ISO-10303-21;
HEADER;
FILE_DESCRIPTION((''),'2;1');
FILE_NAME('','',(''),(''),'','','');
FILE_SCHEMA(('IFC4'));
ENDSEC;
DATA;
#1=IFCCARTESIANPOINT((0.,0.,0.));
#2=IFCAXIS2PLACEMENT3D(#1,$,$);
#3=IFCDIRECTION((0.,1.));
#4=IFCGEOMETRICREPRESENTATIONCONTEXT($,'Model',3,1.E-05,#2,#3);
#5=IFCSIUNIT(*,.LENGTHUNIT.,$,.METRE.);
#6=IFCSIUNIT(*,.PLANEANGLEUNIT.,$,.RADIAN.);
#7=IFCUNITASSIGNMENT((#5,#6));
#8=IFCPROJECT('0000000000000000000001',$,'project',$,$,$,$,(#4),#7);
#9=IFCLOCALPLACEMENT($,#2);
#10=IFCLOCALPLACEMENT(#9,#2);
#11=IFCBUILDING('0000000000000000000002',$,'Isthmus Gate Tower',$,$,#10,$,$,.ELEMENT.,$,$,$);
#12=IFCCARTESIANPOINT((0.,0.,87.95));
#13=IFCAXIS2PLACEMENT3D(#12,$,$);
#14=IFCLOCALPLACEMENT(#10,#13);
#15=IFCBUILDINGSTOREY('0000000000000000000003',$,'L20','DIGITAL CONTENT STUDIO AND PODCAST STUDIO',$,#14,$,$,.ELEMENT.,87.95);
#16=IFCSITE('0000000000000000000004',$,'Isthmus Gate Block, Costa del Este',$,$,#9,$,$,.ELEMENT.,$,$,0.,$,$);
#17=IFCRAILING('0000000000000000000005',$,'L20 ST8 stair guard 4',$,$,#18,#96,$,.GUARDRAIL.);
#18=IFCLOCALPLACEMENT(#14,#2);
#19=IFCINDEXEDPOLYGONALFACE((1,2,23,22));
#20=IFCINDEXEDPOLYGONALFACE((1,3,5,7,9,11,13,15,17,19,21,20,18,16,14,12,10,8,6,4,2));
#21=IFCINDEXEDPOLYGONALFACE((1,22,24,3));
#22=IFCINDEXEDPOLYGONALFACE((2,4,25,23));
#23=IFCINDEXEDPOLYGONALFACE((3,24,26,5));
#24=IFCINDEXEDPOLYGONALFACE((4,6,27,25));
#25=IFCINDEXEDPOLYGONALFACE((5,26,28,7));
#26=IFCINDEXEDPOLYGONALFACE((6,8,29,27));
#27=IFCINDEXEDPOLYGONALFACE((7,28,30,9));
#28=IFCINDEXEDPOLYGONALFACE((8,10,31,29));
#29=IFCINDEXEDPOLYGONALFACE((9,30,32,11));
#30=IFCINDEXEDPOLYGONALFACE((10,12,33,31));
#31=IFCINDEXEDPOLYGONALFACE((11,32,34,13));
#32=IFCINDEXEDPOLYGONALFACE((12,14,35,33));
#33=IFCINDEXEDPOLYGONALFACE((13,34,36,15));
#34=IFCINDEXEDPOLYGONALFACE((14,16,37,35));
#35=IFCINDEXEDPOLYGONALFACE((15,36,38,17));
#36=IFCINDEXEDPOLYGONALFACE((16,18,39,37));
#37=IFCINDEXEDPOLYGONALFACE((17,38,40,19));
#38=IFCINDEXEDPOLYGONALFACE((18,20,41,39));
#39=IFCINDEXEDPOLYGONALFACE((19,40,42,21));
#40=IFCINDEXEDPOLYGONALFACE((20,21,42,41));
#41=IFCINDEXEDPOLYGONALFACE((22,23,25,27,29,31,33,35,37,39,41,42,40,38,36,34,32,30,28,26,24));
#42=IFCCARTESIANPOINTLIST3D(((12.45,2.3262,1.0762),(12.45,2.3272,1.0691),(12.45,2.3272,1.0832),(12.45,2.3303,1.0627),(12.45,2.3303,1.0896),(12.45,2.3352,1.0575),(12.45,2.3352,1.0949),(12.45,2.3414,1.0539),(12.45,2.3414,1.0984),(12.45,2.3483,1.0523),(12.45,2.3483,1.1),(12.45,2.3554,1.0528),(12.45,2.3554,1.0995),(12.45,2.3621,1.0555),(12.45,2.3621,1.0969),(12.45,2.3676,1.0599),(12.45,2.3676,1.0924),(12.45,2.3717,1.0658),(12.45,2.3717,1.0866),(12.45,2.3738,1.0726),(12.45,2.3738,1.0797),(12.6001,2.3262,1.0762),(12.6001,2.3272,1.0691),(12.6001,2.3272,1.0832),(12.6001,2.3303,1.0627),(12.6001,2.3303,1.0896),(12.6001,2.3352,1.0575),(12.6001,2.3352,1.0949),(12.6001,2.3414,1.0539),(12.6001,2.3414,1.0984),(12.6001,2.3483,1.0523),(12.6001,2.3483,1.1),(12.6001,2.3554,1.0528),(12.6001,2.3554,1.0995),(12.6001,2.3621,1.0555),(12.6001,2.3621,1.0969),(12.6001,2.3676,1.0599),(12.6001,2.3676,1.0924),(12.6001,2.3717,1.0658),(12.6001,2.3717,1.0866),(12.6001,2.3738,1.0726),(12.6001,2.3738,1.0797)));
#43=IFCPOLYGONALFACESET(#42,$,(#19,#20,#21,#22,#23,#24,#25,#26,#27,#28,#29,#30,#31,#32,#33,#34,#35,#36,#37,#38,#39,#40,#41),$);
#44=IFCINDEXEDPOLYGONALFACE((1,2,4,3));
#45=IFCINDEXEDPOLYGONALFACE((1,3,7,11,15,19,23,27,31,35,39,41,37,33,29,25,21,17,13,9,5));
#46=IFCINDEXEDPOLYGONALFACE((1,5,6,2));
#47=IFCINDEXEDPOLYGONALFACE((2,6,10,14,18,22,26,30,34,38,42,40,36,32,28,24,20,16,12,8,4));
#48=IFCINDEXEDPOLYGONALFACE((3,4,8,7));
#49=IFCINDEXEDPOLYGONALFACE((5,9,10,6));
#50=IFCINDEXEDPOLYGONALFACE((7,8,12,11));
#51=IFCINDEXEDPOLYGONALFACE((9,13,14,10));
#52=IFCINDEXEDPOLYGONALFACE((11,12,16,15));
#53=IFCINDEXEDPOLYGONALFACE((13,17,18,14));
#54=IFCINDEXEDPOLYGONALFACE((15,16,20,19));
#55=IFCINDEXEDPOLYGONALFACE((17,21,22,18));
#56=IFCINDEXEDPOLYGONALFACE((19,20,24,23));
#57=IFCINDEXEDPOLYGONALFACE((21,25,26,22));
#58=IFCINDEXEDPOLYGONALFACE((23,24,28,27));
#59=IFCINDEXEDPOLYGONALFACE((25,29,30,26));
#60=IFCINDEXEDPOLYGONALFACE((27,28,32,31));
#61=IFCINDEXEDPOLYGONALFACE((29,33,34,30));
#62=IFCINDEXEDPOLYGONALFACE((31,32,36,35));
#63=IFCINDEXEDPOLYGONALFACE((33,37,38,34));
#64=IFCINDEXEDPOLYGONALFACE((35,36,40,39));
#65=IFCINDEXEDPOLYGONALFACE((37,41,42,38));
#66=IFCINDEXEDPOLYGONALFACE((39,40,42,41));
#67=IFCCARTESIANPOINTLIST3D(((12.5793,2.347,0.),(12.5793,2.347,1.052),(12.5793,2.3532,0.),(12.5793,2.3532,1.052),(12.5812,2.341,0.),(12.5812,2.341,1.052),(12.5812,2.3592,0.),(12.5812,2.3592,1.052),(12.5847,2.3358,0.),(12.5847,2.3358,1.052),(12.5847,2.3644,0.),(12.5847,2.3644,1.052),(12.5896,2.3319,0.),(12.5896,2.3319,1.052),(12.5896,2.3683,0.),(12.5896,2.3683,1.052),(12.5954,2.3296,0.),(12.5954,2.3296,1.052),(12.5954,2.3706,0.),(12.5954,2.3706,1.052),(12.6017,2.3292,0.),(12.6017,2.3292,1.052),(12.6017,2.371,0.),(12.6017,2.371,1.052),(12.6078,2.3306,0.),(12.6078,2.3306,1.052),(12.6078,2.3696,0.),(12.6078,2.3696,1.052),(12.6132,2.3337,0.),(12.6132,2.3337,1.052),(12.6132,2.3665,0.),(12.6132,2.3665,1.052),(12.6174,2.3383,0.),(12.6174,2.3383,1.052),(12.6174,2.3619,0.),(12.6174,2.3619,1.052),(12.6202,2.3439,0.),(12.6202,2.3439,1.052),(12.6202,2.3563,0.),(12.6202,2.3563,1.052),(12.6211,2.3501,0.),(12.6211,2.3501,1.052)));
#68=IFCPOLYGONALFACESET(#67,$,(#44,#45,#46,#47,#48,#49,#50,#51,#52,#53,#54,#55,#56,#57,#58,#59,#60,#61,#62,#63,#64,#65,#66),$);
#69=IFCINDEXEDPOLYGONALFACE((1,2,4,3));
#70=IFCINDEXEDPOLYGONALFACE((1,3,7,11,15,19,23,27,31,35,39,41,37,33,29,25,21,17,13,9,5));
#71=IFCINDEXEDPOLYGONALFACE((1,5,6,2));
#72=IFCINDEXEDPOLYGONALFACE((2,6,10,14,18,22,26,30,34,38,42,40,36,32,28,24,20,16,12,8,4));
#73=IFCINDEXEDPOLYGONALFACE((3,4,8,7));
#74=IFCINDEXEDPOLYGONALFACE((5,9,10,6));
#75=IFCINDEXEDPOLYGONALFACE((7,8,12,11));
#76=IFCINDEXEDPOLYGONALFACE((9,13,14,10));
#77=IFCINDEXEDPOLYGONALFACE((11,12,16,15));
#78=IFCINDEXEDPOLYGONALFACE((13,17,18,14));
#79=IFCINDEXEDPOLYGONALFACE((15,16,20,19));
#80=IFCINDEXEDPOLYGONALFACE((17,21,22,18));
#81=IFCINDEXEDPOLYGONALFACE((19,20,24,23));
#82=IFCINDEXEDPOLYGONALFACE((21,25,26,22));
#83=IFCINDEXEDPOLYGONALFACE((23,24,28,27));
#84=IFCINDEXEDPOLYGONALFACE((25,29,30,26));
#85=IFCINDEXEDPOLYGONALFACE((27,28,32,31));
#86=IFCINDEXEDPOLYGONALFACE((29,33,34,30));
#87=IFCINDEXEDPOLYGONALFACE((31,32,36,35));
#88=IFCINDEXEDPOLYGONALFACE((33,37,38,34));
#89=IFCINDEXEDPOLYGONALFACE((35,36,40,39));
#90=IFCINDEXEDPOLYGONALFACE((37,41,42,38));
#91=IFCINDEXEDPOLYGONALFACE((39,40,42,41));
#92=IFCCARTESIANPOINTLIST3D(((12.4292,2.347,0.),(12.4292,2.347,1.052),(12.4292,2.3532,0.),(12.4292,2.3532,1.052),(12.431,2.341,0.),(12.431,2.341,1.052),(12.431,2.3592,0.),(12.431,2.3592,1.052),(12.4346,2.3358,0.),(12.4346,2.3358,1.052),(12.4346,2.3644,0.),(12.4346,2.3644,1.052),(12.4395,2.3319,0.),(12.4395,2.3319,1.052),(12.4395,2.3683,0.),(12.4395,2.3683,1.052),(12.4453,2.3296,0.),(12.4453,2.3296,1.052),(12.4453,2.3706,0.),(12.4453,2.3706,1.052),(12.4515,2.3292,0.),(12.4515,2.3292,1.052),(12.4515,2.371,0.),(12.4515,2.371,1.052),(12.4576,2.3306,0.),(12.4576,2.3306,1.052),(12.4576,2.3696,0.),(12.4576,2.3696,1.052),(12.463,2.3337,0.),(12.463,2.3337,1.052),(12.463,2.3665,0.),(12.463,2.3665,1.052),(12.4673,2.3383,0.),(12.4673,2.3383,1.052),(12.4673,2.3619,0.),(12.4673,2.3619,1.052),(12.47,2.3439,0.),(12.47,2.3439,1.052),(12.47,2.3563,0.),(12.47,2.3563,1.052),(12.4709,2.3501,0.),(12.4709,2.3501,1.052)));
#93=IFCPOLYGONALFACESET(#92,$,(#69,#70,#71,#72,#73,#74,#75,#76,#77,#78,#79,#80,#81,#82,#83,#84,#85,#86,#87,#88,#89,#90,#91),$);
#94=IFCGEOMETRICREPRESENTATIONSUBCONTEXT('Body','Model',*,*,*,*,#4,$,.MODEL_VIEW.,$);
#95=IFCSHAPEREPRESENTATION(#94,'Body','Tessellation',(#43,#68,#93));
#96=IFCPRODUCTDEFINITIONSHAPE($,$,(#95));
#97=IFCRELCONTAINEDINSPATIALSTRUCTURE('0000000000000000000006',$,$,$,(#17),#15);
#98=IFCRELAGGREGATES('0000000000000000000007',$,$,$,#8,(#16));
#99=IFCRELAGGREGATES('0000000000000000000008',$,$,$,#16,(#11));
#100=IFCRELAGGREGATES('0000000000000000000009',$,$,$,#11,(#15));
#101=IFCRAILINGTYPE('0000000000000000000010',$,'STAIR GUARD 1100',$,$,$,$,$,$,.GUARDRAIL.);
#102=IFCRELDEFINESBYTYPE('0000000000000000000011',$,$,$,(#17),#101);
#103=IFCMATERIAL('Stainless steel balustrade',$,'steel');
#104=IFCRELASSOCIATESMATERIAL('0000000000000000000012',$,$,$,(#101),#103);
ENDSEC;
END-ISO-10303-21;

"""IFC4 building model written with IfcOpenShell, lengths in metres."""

from ifc_helpers import new_model, si_unit, direction, frame, origin, origin_2d, place, context, subcontext, project, spatial, circle, extrude, material, type_object, element, save


model = new_model("IFC4")

# Units and contexts
model_context = context("Model", 3, precision=1e-05, world=origin(), true_north=direction((0.0, 1.0)))
body_context = subcontext(model_context, "Body", "Model", "MODEL_VIEW")
ifc_project = project(units=[si_unit("LENGTHUNIT", "METRE"), si_unit("PLANEANGLEUNIT", "RADIAN")], contexts=[model_context])

# Site, building, storey
site_placement = place(None, origin())
site = spatial("IfcSite", under=ifc_project, at=site_placement, Name="Isthmus Gate Block, Costa del Este", CompositionType="ELEMENT", RefElevation=0.0)
building_placement = place(site_placement, origin())
building = spatial("IfcBuilding", under=site, at=building_placement, Name="Isthmus Gate Tower", CompositionType="ELEMENT")
storey_placement = place(building_placement, frame((0.0, 0.0, 87.95)))
storey = spatial("IfcBuildingStorey", under=building, at=storey_placement, Name="L20", Description="DIGITAL CONTENT STUDIO AND PODCAST STUDIO", CompositionType="ELEMENT", Elevation=87.95)

# Railing
ifc_material_1 = material(Name="Stainless steel balustrade", Category="steel")
railing_type_1 = type_object("IfcRailingType", Name="STAIR GUARD 1100", PredefinedType="GUARDRAIL", material=ifc_material_1)
railing_1_placement = place(storey_placement, frame((12.6001, 2.3501, 0.0)))
element("IfcRailing", 1, at=railing_1_placement, inside=storey, type_object=railing_type_1, Name="L20 ST8 stair guard 4", PredefinedType="GUARDRAIL", context=body_context, shape_type="SweptSolid", body=[
    extrude(circle(Radius=0.0239, at=origin_2d()), frame((0.0, 0.0, 1.0762), z_axis=(-1.0, 0.0, 0.0), x_axis=(0.0, -1.0, 0.0)), (0.0, 0.0, 1.0), 0.1501),
    extrude(circle(Radius=0.021, at=origin_2d()), origin(), (0.0, 0.0, 1.0), 1.052),
    extrude(circle(Radius=0.021, at=origin_2d()), frame((-0.1501, 0.0, 0.0)), (0.0, 0.0, 1.0), 1.052),
])

save(model, "model.ifc")
